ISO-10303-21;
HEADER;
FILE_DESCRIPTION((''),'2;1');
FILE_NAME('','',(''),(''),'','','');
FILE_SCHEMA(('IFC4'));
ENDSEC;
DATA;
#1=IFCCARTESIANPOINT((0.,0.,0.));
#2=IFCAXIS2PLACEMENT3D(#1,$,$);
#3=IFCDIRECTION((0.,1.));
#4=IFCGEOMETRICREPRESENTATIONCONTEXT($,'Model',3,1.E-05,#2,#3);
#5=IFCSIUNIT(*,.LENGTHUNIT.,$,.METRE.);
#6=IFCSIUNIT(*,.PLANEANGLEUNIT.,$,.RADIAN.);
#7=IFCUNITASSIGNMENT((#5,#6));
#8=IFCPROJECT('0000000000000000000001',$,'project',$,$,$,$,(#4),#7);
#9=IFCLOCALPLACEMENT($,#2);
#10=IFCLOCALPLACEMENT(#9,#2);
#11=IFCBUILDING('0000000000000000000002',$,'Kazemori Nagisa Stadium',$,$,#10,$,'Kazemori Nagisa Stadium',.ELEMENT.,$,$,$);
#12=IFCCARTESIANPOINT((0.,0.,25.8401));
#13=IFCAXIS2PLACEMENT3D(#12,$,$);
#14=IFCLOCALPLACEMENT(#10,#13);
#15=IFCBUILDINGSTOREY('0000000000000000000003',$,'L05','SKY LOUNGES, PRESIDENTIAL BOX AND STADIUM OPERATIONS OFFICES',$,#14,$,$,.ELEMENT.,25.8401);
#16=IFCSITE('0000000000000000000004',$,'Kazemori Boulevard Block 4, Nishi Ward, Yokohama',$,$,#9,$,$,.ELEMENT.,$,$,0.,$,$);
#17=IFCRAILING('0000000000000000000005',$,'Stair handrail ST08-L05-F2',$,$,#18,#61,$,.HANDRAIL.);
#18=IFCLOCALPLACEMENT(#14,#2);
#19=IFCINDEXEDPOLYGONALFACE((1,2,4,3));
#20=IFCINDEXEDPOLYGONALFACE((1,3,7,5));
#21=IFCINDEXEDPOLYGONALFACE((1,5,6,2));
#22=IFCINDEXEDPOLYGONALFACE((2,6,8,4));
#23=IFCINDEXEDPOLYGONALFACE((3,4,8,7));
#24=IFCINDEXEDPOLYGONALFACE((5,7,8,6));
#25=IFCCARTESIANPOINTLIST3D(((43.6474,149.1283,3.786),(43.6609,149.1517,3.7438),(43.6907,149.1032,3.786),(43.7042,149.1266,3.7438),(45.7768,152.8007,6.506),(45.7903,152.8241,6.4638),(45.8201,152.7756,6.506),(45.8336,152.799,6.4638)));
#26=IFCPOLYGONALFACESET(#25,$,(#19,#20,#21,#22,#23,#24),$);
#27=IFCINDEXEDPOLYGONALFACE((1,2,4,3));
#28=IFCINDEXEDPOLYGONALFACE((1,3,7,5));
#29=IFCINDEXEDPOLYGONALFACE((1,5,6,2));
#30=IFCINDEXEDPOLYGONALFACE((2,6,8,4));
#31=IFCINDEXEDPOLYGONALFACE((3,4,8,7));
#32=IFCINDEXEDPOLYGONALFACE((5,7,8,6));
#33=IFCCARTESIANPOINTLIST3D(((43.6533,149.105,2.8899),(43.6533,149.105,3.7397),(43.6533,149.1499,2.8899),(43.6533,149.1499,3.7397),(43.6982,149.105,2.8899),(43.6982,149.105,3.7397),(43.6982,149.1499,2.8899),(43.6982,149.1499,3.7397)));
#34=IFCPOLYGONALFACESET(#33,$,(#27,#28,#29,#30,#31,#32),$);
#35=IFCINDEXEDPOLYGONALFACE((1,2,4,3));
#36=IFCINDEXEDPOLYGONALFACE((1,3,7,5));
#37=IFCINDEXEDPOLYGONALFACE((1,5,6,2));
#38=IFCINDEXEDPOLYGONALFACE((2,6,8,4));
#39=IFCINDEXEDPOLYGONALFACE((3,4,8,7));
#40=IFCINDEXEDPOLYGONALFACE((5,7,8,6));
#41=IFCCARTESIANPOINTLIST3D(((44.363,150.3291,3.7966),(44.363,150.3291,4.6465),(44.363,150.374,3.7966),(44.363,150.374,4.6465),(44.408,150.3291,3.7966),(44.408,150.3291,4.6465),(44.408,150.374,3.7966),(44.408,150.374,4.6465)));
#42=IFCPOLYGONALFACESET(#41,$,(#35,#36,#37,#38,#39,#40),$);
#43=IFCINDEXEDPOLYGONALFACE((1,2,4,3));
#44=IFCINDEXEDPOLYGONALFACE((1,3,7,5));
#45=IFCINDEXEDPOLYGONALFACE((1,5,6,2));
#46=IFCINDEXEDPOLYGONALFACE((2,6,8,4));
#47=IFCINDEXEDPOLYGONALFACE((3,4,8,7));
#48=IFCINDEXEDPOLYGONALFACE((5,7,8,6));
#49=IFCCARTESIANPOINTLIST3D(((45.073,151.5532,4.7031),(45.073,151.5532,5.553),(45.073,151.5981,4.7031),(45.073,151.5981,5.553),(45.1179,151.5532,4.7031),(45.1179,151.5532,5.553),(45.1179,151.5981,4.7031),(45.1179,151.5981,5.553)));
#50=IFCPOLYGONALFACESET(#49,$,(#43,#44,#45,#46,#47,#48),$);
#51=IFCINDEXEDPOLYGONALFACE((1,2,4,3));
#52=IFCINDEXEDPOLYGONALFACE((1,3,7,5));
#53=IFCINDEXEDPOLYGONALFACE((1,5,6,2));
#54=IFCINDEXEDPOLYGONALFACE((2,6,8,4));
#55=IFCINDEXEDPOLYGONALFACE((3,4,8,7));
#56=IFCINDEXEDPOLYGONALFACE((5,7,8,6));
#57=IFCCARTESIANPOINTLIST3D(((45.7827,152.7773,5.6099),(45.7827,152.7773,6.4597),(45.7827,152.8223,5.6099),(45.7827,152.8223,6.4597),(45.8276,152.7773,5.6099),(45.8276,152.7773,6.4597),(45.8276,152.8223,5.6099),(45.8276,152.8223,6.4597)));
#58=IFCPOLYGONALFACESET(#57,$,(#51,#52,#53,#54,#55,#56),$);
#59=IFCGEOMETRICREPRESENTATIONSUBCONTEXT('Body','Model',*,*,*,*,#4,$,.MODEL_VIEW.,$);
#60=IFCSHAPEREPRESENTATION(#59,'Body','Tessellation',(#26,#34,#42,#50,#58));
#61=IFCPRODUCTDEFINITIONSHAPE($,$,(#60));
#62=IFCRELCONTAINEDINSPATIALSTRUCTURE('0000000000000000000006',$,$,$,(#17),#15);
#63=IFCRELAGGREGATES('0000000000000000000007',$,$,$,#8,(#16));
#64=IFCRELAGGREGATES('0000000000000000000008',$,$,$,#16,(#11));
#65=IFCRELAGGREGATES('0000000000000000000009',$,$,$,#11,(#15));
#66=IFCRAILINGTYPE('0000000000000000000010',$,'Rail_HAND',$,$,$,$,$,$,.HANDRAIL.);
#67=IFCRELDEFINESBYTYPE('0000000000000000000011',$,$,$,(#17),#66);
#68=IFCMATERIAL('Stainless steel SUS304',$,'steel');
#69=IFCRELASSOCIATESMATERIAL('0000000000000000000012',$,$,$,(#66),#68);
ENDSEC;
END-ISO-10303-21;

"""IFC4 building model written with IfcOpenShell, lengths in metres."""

from ifc_helpers import new_model, si_unit, direction, frame, origin, origin_2d, place, context, subcontext, project, spatial, rectangle, extrude, material, type_object, element, save


model = new_model("IFC4")

# Units and contexts
model_context = context("Model", 3, precision=1e-05, world=origin(), true_north=direction((0.0, 1.0)))
body_context = subcontext(model_context, "Body", "Model", "MODEL_VIEW")
ifc_project = project(units=[si_unit("LENGTHUNIT", "METRE"), si_unit("PLANEANGLEUNIT", "RADIAN")], contexts=[model_context])

# Site, building, storey
site_placement = place(None, origin())
site = spatial("IfcSite", under=ifc_project, at=site_placement, Name="Kazemori Boulevard Block 4, Nishi Ward, Yokohama", CompositionType="ELEMENT", RefElevation=0.0)
building_placement = place(site_placement, origin())
building = spatial("IfcBuilding", under=site, at=building_placement, Name="Kazemori Nagisa Stadium", LongName="Kazemori Nagisa Stadium", CompositionType="ELEMENT")
storey_placement = place(building_placement, frame((0.0, 0.0, 25.8401)))
storey = spatial("IfcBuildingStorey", under=building, at=storey_placement, Name="L05", Description="SKY LOUNGES, PRESIDENTIAL BOX AND STADIUM OPERATIONS OFFICES", CompositionType="ELEMENT", Elevation=25.8401)

# Railing
ifc_material_1 = material(Name="Stainless steel SUS304", Category="steel")
railing_type_1 = type_object("IfcRailingType", Name="Rail_HAND", PredefinedType="HANDRAIL", material=ifc_material_1)
railing_1_placement = place(storey_placement, frame((43.6758, 149.1274, 2.8899)))
element("IfcRailing", 1, at=railing_1_placement, inside=storey, type_object=railing_type_1, Name="Stair handrail ST08-L05-F2", PredefinedType="HANDRAIL", context=body_context, shape_type="SweptSolid", body=[
    extrude(rectangle(XDim=0.05, YDim=0.05, at=origin_2d()), frame((0.0, 0.0, 0.875), z_axis=(0.422356, 0.728397, 0.539494), x_axis=(-0.86509, 0.501617, 0.0)), (0.0, 0.0, 1.0), 5.0417),
    extrude(rectangle(XDim=0.0449, YDim=0.0449, at=origin_2d()), origin(), (0.0, 0.0, 1.0), 0.8499),
    extrude(rectangle(XDim=0.0449, YDim=0.0449, at=origin_2d()), frame((0.7097, 1.2241, 0.9067)), (0.0, 0.0, 1.0), 0.8499),
    extrude(rectangle(XDim=0.0449, YDim=0.0449, at=origin_2d()), frame((1.4197, 2.4482, 1.8132)), (0.0, 0.0, 1.0), 0.8499),
    extrude(rectangle(XDim=0.0449, YDim=0.0449, at=origin_2d()), frame((2.1294, 3.6724, 2.72)), (0.0, 0.0, 1.0), 0.8499),
])

save(model, "model.ifc")
